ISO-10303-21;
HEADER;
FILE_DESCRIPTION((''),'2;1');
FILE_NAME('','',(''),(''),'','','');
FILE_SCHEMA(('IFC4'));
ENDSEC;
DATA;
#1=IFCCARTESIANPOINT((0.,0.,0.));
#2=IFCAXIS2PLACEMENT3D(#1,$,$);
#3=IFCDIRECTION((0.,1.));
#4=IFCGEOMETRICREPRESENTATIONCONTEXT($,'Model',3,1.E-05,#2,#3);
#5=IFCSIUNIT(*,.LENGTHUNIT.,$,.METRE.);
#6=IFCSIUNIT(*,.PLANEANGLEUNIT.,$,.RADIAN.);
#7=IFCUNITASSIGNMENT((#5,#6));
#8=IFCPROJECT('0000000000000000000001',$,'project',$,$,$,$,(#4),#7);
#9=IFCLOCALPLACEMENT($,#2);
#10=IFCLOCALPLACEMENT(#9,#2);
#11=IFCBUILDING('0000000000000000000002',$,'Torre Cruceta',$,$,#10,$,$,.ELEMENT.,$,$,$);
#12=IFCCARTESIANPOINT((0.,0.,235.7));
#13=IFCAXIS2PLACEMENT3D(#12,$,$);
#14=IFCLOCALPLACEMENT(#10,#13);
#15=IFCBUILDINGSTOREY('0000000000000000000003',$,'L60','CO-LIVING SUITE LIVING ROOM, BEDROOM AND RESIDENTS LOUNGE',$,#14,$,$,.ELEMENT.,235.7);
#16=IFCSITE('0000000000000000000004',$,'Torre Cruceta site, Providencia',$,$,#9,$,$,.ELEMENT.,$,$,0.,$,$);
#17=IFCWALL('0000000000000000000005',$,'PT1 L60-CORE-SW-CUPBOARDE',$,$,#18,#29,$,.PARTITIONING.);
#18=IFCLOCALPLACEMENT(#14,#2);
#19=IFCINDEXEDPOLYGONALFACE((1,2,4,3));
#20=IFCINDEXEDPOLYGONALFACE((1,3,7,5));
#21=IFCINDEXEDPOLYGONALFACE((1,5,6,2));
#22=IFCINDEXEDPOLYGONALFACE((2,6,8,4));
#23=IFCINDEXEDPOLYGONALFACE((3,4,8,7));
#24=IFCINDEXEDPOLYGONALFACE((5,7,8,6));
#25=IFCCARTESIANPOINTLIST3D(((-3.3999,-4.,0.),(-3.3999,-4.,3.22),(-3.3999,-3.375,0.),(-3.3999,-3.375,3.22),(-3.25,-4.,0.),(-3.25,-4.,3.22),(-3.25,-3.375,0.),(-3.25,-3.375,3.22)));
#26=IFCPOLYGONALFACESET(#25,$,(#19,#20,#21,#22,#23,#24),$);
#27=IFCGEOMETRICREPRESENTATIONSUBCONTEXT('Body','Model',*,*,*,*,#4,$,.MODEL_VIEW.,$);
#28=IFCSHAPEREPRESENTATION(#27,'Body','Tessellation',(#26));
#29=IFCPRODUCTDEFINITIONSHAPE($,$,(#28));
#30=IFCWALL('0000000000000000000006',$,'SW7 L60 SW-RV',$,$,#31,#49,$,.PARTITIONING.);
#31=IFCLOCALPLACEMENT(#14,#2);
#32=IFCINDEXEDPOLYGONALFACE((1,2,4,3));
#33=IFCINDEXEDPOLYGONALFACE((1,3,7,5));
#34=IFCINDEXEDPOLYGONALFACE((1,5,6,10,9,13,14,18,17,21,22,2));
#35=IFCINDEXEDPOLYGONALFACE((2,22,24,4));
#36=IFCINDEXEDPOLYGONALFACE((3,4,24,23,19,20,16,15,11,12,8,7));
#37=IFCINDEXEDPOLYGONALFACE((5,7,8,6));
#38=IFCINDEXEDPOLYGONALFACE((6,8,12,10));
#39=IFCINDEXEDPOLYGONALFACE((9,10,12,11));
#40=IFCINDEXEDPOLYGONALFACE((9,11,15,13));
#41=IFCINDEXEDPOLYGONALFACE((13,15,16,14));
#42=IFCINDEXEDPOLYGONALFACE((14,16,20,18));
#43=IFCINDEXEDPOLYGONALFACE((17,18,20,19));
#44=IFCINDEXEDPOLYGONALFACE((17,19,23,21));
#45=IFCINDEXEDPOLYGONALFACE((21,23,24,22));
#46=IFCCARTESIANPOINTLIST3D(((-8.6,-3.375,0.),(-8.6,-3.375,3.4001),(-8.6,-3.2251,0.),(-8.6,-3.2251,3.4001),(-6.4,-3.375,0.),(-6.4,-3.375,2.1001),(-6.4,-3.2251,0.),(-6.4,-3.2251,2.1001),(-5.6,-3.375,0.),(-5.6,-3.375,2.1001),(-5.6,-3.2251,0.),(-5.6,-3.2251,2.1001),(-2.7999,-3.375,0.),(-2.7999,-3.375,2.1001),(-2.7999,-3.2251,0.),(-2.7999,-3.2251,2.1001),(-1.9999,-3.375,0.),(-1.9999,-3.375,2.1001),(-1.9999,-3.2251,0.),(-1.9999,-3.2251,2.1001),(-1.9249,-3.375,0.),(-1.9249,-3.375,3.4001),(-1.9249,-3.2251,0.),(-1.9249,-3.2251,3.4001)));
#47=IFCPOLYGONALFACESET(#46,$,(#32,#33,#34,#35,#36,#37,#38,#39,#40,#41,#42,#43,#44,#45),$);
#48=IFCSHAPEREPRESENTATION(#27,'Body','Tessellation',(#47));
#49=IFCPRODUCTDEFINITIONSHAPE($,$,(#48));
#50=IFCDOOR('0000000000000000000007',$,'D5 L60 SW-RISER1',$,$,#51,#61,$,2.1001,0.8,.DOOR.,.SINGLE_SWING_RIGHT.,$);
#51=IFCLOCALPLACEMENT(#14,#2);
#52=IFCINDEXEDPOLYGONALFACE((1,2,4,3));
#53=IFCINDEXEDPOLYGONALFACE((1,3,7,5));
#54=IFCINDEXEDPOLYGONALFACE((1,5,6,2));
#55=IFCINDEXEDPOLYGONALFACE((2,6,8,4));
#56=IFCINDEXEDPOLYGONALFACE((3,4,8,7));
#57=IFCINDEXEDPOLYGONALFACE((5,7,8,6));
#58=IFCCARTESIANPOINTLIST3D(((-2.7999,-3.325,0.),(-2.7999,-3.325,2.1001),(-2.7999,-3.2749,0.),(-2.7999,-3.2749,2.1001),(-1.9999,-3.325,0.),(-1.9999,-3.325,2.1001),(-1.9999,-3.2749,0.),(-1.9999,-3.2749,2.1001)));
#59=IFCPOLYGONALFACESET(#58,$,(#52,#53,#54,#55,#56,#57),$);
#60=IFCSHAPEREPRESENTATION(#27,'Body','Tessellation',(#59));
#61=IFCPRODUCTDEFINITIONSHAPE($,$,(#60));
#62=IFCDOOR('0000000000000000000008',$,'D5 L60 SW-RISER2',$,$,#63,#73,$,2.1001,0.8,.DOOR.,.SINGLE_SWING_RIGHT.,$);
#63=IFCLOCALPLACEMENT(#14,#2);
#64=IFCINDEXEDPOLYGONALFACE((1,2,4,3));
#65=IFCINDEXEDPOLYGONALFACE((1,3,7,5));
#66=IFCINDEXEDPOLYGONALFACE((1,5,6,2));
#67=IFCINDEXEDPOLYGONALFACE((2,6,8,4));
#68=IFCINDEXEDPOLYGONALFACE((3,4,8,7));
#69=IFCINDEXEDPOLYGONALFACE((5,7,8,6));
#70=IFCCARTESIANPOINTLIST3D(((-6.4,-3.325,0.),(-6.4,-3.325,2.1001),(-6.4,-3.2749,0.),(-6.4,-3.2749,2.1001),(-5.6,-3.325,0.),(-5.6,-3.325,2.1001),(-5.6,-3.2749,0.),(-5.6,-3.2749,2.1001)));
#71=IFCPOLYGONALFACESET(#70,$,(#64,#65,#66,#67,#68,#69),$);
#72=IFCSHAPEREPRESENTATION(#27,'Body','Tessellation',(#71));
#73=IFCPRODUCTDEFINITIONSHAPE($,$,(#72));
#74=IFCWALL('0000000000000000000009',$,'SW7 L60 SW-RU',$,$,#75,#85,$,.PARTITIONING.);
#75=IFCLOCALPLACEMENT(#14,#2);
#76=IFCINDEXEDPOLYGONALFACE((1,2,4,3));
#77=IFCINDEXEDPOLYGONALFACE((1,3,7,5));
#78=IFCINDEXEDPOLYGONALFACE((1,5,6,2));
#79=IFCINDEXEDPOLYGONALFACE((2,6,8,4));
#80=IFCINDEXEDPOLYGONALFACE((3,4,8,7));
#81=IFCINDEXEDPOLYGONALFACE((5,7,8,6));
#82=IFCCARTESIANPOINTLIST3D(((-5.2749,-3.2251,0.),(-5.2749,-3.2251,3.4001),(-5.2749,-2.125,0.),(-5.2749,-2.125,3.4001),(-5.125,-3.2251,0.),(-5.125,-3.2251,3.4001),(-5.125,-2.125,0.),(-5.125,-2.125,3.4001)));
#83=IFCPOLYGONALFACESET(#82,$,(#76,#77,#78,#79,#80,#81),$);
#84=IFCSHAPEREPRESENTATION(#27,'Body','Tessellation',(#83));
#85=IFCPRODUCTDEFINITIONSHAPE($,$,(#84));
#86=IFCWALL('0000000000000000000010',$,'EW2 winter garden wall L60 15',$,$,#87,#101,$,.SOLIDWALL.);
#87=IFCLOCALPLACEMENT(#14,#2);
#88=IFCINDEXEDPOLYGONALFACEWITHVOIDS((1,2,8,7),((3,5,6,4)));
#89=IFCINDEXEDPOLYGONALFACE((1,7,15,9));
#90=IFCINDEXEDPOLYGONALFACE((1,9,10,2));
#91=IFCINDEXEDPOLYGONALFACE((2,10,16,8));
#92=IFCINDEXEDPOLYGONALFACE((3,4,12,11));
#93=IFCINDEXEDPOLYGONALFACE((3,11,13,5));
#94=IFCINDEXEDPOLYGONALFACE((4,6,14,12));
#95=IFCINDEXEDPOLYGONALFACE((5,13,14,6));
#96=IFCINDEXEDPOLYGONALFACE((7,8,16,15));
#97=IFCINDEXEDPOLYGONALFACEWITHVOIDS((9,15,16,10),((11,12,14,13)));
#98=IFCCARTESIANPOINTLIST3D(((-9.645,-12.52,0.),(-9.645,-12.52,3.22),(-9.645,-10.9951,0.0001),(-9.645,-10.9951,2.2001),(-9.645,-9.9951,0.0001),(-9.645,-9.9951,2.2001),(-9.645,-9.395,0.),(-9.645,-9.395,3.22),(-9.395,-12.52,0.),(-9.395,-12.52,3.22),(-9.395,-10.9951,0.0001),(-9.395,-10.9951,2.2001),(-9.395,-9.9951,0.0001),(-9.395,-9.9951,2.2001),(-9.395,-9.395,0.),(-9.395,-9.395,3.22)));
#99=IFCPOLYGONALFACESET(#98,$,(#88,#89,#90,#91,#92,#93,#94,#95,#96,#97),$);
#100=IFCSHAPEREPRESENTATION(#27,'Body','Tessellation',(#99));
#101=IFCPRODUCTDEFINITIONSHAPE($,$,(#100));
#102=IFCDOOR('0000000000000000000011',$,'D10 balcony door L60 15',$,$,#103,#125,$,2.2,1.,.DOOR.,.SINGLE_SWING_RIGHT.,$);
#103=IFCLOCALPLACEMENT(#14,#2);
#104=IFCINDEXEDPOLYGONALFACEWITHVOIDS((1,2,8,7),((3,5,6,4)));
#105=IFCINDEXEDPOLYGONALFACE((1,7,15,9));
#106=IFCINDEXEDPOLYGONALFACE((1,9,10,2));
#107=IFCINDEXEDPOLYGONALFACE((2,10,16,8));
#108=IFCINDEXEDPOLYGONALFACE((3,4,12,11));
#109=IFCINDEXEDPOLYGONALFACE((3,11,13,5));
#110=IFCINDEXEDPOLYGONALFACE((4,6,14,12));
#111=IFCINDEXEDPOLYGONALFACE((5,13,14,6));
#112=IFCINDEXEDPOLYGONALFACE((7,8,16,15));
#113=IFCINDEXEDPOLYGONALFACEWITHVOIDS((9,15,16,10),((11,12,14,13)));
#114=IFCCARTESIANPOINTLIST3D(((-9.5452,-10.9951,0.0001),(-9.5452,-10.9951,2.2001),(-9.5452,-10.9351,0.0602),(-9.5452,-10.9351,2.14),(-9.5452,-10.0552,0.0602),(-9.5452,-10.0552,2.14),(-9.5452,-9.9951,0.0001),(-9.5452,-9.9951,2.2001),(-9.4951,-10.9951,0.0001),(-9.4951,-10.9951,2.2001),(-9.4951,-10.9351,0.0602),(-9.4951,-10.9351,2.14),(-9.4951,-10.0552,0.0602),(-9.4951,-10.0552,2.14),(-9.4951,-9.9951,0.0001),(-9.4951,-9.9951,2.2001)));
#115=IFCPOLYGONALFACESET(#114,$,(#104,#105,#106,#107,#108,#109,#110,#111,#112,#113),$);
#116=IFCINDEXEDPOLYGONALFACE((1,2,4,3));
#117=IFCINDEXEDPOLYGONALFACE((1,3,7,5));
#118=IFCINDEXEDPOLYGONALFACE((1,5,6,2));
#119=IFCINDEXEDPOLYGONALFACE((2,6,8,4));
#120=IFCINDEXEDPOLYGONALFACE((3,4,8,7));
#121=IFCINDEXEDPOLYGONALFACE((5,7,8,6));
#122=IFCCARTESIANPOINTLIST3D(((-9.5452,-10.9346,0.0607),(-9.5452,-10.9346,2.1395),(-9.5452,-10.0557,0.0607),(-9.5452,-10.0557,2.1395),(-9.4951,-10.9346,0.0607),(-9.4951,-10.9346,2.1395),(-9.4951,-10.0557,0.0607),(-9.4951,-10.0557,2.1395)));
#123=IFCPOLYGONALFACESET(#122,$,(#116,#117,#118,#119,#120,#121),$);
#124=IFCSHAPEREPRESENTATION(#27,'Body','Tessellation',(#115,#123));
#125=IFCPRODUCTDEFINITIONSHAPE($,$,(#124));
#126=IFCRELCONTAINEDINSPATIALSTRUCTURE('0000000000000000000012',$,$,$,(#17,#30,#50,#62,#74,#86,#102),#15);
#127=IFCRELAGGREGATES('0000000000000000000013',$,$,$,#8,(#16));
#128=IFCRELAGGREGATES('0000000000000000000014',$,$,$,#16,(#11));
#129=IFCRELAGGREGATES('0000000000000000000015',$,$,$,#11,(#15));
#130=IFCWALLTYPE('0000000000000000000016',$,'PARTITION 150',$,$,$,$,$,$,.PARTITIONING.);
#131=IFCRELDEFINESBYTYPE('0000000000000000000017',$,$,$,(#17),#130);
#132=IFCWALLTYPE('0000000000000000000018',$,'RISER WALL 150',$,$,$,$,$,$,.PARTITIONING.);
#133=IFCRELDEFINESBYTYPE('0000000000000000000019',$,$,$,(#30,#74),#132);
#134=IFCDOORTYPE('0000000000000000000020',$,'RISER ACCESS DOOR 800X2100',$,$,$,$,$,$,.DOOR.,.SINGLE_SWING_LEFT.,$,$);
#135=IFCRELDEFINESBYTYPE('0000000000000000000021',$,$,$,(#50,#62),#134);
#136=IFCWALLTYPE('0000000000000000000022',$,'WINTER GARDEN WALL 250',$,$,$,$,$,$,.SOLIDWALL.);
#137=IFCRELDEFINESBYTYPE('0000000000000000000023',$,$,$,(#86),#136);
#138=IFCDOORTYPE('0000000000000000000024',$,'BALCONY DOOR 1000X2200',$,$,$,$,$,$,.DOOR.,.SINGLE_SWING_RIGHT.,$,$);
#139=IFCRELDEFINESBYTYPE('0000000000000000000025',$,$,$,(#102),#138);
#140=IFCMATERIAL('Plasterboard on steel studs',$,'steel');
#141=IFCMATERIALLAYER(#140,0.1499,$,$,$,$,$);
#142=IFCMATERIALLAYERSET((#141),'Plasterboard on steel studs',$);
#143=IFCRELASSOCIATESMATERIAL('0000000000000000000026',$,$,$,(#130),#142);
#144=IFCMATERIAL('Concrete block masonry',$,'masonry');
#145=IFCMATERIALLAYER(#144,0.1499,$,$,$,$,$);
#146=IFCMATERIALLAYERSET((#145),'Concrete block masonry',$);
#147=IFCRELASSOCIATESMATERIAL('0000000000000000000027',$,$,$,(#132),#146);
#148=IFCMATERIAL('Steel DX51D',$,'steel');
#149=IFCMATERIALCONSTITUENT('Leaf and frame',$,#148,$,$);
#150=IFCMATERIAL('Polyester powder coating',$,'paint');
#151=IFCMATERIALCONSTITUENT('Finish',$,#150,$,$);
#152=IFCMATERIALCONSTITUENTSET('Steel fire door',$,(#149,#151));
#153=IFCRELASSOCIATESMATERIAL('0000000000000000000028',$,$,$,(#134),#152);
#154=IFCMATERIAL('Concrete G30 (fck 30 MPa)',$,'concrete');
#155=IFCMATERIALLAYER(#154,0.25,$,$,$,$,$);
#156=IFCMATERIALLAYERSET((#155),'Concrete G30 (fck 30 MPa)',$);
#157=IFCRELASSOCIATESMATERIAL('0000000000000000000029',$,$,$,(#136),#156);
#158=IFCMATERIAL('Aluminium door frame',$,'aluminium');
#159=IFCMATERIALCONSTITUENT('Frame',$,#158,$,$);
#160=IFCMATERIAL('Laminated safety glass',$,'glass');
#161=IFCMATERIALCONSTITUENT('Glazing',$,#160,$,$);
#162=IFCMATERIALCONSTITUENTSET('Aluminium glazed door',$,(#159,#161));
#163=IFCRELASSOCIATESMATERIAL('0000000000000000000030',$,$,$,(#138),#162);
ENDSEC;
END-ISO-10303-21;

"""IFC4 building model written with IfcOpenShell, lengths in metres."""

from ifc_helpers import new_model, si_unit, direction, frame, frame_2d, origin, place, context, subcontext, project, spatial, rectangle, hollow_rectangle, extrude, material, layer, layer_set, constituent, constituent_set, type_object, element, fill, save


model = new_model("IFC4")

# Units and contexts
model_context = context("Model", 3, precision=1e-05, world=origin(), true_north=direction((0.0, 1.0)))
body_context = subcontext(model_context, "Body", "Model", "MODEL_VIEW")
ifc_project = project(units=[si_unit("LENGTHUNIT", "METRE"), si_unit("PLANEANGLEUNIT", "RADIAN")], contexts=[model_context])

# Site, building, storey
site_placement = place(None, origin())
site = spatial("IfcSite", under=ifc_project, at=site_placement, Name="Torre Cruceta site, Providencia", CompositionType="ELEMENT", RefElevation=0.0)
building_placement = place(site_placement, origin())
building = spatial("IfcBuilding", under=site, at=building_placement, Name="Torre Cruceta", CompositionType="ELEMENT")
storey_placement = place(building_placement, frame((0.0, 0.0, 235.7)))
storey = spatial("IfcBuildingStorey", under=building, at=storey_placement, Name="L60", Description="CO-LIVING SUITE LIVING ROOM, BEDROOM AND RESIDENTS LOUNGE", CompositionType="ELEMENT", Elevation=235.7)

# Shared definitions
ifc_material_1 = material(Name="Plasterboard on steel studs", Category="steel")
ifc_layer_1 = layer(ifc_material_1, 0.1499)
ifc_layer_set_1 = layer_set([ifc_layer_1], Name="Plasterboard on steel studs")
wall_type_1 = type_object("IfcWallType", Name="PARTITION 150", PredefinedType="PARTITIONING", material=ifc_layer_set_1)

# Wall
wall_1_placement = place(storey_placement, frame((-3.325, -3.375, 0.0), z_axis=(0.0, 0.0, 1.0), x_axis=(0.0, -1.0, 0.0)))
element("IfcWall", 1, at=wall_1_placement, inside=storey, type_object=wall_type_1, Name="PT1 L60-CORE-SW-CUPBOARDE", PredefinedType="PARTITIONING", context=body_context, shape_type="SweptSolid", body=[
    extrude(rectangle(XDim=0.625, YDim=0.1499, at=frame_2d((0.3125, 0.0))), origin(), (0.0, 0.0, 1.0), 3.22),
])

# Wall, openings, doors
ifc_material_2 = material(Name="Concrete block masonry", Category="masonry")
ifc_layer_2 = layer(ifc_material_2, 0.1499)
ifc_layer_set_2 = layer_set([ifc_layer_2], Name="Concrete block masonry")
wall_type_2 = type_object("IfcWallType", Name="RISER WALL 150", PredefinedType="PARTITIONING", material=ifc_layer_set_2)
wall_2_placement = place(storey_placement, frame((-1.925, -3.3, 0.0), z_axis=(0.0, 0.0, 1.0), x_axis=(-1.0, 0.0, 0.0)))
wall_2 = element("IfcWall", 2, at=wall_2_placement, inside=storey, type_object=wall_type_2, Name="SW7 L60 SW-RV", PredefinedType="PARTITIONING", context=body_context, shape_type="SweptSolid", body=[
    extrude(rectangle(XDim=6.675, YDim=0.1499, at=frame_2d((3.3374, 0.0))), origin(), (0.0, 0.0, 1.0), 3.4001),
])
opening_1_placement = place(wall_2_placement, frame((0.075, 0.0, 0.0)))
opening_1 = element("IfcOpeningElement", 3, at=opening_1_placement, cuts=wall_2, PredefinedType="OPENING", context=body_context, shape_type="SweptSolid", body=[
    extrude(rectangle(XDim=0.8, YDim=2.1001, at=frame_2d((0.3999, 1.05))), frame((0.0, 0.085, 0.0), z_axis=(0.0, -1.0, 0.0), x_axis=(1.0, 0.0, 0.0)), (0.0, 0.0, 1.0), 0.1699),
])
opening_2_placement = place(wall_2_placement, frame((3.675, 0.0, 0.0)))
opening_2 = element("IfcOpeningElement", 4, at=opening_2_placement, cuts=wall_2, PredefinedType="OPENING", context=body_context, shape_type="SweptSolid", body=[
    extrude(rectangle(XDim=0.8, YDim=2.1001, at=frame_2d((0.3999, 1.05))), frame((0.0, 0.085, 0.0), z_axis=(0.0, -1.0, 0.0), x_axis=(1.0, 0.0, 0.0)), (0.0, 0.0, 1.0), 0.1699),
])
ifc_material_3 = material(Name="Steel DX51D", Category="steel")
ifc_constituent_1 = constituent(ifc_material_3, Name="Leaf and frame")
ifc_material_4 = material(Name="Polyester powder coating", Category="paint")
ifc_constituent_2 = constituent(ifc_material_4, Name="Finish")
ifc_constituent_set_1 = constituent_set(constituents=[ifc_constituent_1, ifc_constituent_2], Name="Steel fire door")
door_type_1 = type_object("IfcDoorType", Name="RISER ACCESS DOOR 800X2100", OperationType="SINGLE_SWING_LEFT", PredefinedType="DOOR", material=ifc_constituent_set_1)
door_1_placement = place(opening_1_placement, frame((0.8, 0.0, 0.0), z_axis=(0.0, 0.0, 1.0), x_axis=(-1.0, 0.0, 0.0)))
door_1 = element("IfcDoor", 5, at=door_1_placement, inside=storey, type_object=door_type_1, Name="D5 L60 SW-RISER1", OperationType="SINGLE_SWING_RIGHT", OverallHeight=2.1001, OverallWidth=0.8, PredefinedType="DOOR", context=body_context, shape_type="SweptSolid", body=[
    extrude(rectangle(XDim=0.8, YDim=2.1001, at=frame_2d((0.4001, 1.05))), frame((0.0, 0.0251, 0.0), z_axis=(0.0, -1.0, 0.0), x_axis=(1.0, 0.0, 0.0)), (0.0, 0.0, 1.0), 0.05),
])
fill(opening_1, door_1)
door_2_placement = place(opening_2_placement, frame((0.8, 0.0, 0.0), z_axis=(0.0, 0.0, 1.0), x_axis=(-1.0, 0.0, 0.0)))
door_2 = element("IfcDoor", 6, at=door_2_placement, inside=storey, type_object=door_type_1, Name="D5 L60 SW-RISER2", OperationType="SINGLE_SWING_RIGHT", OverallHeight=2.1001, OverallWidth=0.8, PredefinedType="DOOR", context=body_context, shape_type="SweptSolid", body=[
    extrude(rectangle(XDim=0.8, YDim=2.1001, at=frame_2d((0.4001, 1.05))), frame((0.0, 0.0251, 0.0), z_axis=(0.0, -1.0, 0.0), x_axis=(1.0, 0.0, 0.0)), (0.0, 0.0, 1.0), 0.05),
])
fill(opening_2, door_2)

# Wall
wall_3_placement = place(storey_placement, frame((-5.2, -2.125, 0.0), z_axis=(0.0, 0.0, 1.0), x_axis=(0.0, -1.0, 0.0)))
element("IfcWall", 7, at=wall_3_placement, inside=storey, type_object=wall_type_2, Name="SW7 L60 SW-RU", PredefinedType="PARTITIONING", context=body_context, shape_type="SweptSolid", body=[
    extrude(rectangle(XDim=1.1001, YDim=0.1499, at=frame_2d((0.55, 0.0))), origin(), (0.0, 0.0, 1.0), 3.4001),
])

# Wall, opening, door
ifc_material_5 = material(Name="Concrete G30 (fck 30 MPa)", Category="concrete")
ifc_layer_3 = layer(ifc_material_5, 0.25)
ifc_layer_set_3 = layer_set([ifc_layer_3], Name="Concrete G30 (fck 30 MPa)")
wall_type_3 = type_object("IfcWallType", Name="WINTER GARDEN WALL 250", PredefinedType="SOLIDWALL", material=ifc_layer_set_3)
wall_4_placement = place(storey_placement, frame((-9.52, -9.395, 0.0), z_axis=(0.0, 0.0, 1.0), x_axis=(0.0, -1.0, 0.0)))
wall_4 = element("IfcWall", 8, at=wall_4_placement, inside=storey, type_object=wall_type_3, Name="EW2 winter garden wall L60 15", PredefinedType="SOLIDWALL", context=body_context, shape_type="SweptSolid", body=[
    extrude(rectangle(XDim=3.125, YDim=0.25, at=frame_2d((1.5625, 0.0))), origin(), (0.0, 0.0, 1.0), 3.22),
])
opening_3_placement = place(wall_4_placement, frame((0.6001, 0.0, 0.0)))
opening_3 = element("IfcOpeningElement", 9, at=opening_3_placement, cuts=wall_4, PredefinedType="OPENING", context=body_context, shape_type="SweptSolid", body=[
    extrude(rectangle(XDim=1.0, YDim=2.2, at=frame_2d((0.5, 1.1001))), frame((0.0, 0.135, 0.0), z_axis=(0.0, -1.0, 0.0), x_axis=(1.0, 0.0, 0.0)), (0.0, 0.0, 1.0), 0.27),
])
ifc_material_6 = material(Name="Aluminium door frame", Category="aluminium")
ifc_constituent_3 = constituent(ifc_material_6, Name="Frame")
ifc_material_7 = material(Name="Laminated safety glass", Category="glass")
ifc_constituent_4 = constituent(ifc_material_7, Name="Glazing")
ifc_constituent_set_2 = constituent_set(constituents=[ifc_constituent_3, ifc_constituent_4], Name="Aluminium glazed door")
door_type_2 = type_object("IfcDoorType", Name="BALCONY DOOR 1000X2200", OperationType="SINGLE_SWING_RIGHT", PredefinedType="DOOR", material=ifc_constituent_set_2)
door_3_placement = place(opening_3_placement, origin())
door_3 = element("IfcDoor", 10, at=door_3_placement, inside=storey, type_object=door_type_2, Name="D10 balcony door L60 15", OperationType="SINGLE_SWING_RIGHT", OverallHeight=2.2, OverallWidth=1.0, PredefinedType="DOOR", context=body_context, shape_type="SweptSolid", body=[
    extrude(hollow_rectangle(XDim=1.0, YDim=2.2, WallThickness=0.0601, at=frame_2d((0.5, 1.1001))), frame((0.0, 0.0249, 0.0), z_axis=(0.0, -1.0, 0.0), x_axis=(1.0, 0.0, 0.0)), (0.0, 0.0, 1.0), 0.05),
    extrude(rectangle(XDim=0.8789, YDim=2.0789, at=frame_2d((0.5, 1.1001))), frame((0.0, 0.0249, 0.0), z_axis=(0.0, -1.0, 0.0), x_axis=(1.0, 0.0, 0.0)), (0.0, 0.0, 1.0), 0.05),
])
fill(opening_3, door_3)

save(model, "model.ifc")
